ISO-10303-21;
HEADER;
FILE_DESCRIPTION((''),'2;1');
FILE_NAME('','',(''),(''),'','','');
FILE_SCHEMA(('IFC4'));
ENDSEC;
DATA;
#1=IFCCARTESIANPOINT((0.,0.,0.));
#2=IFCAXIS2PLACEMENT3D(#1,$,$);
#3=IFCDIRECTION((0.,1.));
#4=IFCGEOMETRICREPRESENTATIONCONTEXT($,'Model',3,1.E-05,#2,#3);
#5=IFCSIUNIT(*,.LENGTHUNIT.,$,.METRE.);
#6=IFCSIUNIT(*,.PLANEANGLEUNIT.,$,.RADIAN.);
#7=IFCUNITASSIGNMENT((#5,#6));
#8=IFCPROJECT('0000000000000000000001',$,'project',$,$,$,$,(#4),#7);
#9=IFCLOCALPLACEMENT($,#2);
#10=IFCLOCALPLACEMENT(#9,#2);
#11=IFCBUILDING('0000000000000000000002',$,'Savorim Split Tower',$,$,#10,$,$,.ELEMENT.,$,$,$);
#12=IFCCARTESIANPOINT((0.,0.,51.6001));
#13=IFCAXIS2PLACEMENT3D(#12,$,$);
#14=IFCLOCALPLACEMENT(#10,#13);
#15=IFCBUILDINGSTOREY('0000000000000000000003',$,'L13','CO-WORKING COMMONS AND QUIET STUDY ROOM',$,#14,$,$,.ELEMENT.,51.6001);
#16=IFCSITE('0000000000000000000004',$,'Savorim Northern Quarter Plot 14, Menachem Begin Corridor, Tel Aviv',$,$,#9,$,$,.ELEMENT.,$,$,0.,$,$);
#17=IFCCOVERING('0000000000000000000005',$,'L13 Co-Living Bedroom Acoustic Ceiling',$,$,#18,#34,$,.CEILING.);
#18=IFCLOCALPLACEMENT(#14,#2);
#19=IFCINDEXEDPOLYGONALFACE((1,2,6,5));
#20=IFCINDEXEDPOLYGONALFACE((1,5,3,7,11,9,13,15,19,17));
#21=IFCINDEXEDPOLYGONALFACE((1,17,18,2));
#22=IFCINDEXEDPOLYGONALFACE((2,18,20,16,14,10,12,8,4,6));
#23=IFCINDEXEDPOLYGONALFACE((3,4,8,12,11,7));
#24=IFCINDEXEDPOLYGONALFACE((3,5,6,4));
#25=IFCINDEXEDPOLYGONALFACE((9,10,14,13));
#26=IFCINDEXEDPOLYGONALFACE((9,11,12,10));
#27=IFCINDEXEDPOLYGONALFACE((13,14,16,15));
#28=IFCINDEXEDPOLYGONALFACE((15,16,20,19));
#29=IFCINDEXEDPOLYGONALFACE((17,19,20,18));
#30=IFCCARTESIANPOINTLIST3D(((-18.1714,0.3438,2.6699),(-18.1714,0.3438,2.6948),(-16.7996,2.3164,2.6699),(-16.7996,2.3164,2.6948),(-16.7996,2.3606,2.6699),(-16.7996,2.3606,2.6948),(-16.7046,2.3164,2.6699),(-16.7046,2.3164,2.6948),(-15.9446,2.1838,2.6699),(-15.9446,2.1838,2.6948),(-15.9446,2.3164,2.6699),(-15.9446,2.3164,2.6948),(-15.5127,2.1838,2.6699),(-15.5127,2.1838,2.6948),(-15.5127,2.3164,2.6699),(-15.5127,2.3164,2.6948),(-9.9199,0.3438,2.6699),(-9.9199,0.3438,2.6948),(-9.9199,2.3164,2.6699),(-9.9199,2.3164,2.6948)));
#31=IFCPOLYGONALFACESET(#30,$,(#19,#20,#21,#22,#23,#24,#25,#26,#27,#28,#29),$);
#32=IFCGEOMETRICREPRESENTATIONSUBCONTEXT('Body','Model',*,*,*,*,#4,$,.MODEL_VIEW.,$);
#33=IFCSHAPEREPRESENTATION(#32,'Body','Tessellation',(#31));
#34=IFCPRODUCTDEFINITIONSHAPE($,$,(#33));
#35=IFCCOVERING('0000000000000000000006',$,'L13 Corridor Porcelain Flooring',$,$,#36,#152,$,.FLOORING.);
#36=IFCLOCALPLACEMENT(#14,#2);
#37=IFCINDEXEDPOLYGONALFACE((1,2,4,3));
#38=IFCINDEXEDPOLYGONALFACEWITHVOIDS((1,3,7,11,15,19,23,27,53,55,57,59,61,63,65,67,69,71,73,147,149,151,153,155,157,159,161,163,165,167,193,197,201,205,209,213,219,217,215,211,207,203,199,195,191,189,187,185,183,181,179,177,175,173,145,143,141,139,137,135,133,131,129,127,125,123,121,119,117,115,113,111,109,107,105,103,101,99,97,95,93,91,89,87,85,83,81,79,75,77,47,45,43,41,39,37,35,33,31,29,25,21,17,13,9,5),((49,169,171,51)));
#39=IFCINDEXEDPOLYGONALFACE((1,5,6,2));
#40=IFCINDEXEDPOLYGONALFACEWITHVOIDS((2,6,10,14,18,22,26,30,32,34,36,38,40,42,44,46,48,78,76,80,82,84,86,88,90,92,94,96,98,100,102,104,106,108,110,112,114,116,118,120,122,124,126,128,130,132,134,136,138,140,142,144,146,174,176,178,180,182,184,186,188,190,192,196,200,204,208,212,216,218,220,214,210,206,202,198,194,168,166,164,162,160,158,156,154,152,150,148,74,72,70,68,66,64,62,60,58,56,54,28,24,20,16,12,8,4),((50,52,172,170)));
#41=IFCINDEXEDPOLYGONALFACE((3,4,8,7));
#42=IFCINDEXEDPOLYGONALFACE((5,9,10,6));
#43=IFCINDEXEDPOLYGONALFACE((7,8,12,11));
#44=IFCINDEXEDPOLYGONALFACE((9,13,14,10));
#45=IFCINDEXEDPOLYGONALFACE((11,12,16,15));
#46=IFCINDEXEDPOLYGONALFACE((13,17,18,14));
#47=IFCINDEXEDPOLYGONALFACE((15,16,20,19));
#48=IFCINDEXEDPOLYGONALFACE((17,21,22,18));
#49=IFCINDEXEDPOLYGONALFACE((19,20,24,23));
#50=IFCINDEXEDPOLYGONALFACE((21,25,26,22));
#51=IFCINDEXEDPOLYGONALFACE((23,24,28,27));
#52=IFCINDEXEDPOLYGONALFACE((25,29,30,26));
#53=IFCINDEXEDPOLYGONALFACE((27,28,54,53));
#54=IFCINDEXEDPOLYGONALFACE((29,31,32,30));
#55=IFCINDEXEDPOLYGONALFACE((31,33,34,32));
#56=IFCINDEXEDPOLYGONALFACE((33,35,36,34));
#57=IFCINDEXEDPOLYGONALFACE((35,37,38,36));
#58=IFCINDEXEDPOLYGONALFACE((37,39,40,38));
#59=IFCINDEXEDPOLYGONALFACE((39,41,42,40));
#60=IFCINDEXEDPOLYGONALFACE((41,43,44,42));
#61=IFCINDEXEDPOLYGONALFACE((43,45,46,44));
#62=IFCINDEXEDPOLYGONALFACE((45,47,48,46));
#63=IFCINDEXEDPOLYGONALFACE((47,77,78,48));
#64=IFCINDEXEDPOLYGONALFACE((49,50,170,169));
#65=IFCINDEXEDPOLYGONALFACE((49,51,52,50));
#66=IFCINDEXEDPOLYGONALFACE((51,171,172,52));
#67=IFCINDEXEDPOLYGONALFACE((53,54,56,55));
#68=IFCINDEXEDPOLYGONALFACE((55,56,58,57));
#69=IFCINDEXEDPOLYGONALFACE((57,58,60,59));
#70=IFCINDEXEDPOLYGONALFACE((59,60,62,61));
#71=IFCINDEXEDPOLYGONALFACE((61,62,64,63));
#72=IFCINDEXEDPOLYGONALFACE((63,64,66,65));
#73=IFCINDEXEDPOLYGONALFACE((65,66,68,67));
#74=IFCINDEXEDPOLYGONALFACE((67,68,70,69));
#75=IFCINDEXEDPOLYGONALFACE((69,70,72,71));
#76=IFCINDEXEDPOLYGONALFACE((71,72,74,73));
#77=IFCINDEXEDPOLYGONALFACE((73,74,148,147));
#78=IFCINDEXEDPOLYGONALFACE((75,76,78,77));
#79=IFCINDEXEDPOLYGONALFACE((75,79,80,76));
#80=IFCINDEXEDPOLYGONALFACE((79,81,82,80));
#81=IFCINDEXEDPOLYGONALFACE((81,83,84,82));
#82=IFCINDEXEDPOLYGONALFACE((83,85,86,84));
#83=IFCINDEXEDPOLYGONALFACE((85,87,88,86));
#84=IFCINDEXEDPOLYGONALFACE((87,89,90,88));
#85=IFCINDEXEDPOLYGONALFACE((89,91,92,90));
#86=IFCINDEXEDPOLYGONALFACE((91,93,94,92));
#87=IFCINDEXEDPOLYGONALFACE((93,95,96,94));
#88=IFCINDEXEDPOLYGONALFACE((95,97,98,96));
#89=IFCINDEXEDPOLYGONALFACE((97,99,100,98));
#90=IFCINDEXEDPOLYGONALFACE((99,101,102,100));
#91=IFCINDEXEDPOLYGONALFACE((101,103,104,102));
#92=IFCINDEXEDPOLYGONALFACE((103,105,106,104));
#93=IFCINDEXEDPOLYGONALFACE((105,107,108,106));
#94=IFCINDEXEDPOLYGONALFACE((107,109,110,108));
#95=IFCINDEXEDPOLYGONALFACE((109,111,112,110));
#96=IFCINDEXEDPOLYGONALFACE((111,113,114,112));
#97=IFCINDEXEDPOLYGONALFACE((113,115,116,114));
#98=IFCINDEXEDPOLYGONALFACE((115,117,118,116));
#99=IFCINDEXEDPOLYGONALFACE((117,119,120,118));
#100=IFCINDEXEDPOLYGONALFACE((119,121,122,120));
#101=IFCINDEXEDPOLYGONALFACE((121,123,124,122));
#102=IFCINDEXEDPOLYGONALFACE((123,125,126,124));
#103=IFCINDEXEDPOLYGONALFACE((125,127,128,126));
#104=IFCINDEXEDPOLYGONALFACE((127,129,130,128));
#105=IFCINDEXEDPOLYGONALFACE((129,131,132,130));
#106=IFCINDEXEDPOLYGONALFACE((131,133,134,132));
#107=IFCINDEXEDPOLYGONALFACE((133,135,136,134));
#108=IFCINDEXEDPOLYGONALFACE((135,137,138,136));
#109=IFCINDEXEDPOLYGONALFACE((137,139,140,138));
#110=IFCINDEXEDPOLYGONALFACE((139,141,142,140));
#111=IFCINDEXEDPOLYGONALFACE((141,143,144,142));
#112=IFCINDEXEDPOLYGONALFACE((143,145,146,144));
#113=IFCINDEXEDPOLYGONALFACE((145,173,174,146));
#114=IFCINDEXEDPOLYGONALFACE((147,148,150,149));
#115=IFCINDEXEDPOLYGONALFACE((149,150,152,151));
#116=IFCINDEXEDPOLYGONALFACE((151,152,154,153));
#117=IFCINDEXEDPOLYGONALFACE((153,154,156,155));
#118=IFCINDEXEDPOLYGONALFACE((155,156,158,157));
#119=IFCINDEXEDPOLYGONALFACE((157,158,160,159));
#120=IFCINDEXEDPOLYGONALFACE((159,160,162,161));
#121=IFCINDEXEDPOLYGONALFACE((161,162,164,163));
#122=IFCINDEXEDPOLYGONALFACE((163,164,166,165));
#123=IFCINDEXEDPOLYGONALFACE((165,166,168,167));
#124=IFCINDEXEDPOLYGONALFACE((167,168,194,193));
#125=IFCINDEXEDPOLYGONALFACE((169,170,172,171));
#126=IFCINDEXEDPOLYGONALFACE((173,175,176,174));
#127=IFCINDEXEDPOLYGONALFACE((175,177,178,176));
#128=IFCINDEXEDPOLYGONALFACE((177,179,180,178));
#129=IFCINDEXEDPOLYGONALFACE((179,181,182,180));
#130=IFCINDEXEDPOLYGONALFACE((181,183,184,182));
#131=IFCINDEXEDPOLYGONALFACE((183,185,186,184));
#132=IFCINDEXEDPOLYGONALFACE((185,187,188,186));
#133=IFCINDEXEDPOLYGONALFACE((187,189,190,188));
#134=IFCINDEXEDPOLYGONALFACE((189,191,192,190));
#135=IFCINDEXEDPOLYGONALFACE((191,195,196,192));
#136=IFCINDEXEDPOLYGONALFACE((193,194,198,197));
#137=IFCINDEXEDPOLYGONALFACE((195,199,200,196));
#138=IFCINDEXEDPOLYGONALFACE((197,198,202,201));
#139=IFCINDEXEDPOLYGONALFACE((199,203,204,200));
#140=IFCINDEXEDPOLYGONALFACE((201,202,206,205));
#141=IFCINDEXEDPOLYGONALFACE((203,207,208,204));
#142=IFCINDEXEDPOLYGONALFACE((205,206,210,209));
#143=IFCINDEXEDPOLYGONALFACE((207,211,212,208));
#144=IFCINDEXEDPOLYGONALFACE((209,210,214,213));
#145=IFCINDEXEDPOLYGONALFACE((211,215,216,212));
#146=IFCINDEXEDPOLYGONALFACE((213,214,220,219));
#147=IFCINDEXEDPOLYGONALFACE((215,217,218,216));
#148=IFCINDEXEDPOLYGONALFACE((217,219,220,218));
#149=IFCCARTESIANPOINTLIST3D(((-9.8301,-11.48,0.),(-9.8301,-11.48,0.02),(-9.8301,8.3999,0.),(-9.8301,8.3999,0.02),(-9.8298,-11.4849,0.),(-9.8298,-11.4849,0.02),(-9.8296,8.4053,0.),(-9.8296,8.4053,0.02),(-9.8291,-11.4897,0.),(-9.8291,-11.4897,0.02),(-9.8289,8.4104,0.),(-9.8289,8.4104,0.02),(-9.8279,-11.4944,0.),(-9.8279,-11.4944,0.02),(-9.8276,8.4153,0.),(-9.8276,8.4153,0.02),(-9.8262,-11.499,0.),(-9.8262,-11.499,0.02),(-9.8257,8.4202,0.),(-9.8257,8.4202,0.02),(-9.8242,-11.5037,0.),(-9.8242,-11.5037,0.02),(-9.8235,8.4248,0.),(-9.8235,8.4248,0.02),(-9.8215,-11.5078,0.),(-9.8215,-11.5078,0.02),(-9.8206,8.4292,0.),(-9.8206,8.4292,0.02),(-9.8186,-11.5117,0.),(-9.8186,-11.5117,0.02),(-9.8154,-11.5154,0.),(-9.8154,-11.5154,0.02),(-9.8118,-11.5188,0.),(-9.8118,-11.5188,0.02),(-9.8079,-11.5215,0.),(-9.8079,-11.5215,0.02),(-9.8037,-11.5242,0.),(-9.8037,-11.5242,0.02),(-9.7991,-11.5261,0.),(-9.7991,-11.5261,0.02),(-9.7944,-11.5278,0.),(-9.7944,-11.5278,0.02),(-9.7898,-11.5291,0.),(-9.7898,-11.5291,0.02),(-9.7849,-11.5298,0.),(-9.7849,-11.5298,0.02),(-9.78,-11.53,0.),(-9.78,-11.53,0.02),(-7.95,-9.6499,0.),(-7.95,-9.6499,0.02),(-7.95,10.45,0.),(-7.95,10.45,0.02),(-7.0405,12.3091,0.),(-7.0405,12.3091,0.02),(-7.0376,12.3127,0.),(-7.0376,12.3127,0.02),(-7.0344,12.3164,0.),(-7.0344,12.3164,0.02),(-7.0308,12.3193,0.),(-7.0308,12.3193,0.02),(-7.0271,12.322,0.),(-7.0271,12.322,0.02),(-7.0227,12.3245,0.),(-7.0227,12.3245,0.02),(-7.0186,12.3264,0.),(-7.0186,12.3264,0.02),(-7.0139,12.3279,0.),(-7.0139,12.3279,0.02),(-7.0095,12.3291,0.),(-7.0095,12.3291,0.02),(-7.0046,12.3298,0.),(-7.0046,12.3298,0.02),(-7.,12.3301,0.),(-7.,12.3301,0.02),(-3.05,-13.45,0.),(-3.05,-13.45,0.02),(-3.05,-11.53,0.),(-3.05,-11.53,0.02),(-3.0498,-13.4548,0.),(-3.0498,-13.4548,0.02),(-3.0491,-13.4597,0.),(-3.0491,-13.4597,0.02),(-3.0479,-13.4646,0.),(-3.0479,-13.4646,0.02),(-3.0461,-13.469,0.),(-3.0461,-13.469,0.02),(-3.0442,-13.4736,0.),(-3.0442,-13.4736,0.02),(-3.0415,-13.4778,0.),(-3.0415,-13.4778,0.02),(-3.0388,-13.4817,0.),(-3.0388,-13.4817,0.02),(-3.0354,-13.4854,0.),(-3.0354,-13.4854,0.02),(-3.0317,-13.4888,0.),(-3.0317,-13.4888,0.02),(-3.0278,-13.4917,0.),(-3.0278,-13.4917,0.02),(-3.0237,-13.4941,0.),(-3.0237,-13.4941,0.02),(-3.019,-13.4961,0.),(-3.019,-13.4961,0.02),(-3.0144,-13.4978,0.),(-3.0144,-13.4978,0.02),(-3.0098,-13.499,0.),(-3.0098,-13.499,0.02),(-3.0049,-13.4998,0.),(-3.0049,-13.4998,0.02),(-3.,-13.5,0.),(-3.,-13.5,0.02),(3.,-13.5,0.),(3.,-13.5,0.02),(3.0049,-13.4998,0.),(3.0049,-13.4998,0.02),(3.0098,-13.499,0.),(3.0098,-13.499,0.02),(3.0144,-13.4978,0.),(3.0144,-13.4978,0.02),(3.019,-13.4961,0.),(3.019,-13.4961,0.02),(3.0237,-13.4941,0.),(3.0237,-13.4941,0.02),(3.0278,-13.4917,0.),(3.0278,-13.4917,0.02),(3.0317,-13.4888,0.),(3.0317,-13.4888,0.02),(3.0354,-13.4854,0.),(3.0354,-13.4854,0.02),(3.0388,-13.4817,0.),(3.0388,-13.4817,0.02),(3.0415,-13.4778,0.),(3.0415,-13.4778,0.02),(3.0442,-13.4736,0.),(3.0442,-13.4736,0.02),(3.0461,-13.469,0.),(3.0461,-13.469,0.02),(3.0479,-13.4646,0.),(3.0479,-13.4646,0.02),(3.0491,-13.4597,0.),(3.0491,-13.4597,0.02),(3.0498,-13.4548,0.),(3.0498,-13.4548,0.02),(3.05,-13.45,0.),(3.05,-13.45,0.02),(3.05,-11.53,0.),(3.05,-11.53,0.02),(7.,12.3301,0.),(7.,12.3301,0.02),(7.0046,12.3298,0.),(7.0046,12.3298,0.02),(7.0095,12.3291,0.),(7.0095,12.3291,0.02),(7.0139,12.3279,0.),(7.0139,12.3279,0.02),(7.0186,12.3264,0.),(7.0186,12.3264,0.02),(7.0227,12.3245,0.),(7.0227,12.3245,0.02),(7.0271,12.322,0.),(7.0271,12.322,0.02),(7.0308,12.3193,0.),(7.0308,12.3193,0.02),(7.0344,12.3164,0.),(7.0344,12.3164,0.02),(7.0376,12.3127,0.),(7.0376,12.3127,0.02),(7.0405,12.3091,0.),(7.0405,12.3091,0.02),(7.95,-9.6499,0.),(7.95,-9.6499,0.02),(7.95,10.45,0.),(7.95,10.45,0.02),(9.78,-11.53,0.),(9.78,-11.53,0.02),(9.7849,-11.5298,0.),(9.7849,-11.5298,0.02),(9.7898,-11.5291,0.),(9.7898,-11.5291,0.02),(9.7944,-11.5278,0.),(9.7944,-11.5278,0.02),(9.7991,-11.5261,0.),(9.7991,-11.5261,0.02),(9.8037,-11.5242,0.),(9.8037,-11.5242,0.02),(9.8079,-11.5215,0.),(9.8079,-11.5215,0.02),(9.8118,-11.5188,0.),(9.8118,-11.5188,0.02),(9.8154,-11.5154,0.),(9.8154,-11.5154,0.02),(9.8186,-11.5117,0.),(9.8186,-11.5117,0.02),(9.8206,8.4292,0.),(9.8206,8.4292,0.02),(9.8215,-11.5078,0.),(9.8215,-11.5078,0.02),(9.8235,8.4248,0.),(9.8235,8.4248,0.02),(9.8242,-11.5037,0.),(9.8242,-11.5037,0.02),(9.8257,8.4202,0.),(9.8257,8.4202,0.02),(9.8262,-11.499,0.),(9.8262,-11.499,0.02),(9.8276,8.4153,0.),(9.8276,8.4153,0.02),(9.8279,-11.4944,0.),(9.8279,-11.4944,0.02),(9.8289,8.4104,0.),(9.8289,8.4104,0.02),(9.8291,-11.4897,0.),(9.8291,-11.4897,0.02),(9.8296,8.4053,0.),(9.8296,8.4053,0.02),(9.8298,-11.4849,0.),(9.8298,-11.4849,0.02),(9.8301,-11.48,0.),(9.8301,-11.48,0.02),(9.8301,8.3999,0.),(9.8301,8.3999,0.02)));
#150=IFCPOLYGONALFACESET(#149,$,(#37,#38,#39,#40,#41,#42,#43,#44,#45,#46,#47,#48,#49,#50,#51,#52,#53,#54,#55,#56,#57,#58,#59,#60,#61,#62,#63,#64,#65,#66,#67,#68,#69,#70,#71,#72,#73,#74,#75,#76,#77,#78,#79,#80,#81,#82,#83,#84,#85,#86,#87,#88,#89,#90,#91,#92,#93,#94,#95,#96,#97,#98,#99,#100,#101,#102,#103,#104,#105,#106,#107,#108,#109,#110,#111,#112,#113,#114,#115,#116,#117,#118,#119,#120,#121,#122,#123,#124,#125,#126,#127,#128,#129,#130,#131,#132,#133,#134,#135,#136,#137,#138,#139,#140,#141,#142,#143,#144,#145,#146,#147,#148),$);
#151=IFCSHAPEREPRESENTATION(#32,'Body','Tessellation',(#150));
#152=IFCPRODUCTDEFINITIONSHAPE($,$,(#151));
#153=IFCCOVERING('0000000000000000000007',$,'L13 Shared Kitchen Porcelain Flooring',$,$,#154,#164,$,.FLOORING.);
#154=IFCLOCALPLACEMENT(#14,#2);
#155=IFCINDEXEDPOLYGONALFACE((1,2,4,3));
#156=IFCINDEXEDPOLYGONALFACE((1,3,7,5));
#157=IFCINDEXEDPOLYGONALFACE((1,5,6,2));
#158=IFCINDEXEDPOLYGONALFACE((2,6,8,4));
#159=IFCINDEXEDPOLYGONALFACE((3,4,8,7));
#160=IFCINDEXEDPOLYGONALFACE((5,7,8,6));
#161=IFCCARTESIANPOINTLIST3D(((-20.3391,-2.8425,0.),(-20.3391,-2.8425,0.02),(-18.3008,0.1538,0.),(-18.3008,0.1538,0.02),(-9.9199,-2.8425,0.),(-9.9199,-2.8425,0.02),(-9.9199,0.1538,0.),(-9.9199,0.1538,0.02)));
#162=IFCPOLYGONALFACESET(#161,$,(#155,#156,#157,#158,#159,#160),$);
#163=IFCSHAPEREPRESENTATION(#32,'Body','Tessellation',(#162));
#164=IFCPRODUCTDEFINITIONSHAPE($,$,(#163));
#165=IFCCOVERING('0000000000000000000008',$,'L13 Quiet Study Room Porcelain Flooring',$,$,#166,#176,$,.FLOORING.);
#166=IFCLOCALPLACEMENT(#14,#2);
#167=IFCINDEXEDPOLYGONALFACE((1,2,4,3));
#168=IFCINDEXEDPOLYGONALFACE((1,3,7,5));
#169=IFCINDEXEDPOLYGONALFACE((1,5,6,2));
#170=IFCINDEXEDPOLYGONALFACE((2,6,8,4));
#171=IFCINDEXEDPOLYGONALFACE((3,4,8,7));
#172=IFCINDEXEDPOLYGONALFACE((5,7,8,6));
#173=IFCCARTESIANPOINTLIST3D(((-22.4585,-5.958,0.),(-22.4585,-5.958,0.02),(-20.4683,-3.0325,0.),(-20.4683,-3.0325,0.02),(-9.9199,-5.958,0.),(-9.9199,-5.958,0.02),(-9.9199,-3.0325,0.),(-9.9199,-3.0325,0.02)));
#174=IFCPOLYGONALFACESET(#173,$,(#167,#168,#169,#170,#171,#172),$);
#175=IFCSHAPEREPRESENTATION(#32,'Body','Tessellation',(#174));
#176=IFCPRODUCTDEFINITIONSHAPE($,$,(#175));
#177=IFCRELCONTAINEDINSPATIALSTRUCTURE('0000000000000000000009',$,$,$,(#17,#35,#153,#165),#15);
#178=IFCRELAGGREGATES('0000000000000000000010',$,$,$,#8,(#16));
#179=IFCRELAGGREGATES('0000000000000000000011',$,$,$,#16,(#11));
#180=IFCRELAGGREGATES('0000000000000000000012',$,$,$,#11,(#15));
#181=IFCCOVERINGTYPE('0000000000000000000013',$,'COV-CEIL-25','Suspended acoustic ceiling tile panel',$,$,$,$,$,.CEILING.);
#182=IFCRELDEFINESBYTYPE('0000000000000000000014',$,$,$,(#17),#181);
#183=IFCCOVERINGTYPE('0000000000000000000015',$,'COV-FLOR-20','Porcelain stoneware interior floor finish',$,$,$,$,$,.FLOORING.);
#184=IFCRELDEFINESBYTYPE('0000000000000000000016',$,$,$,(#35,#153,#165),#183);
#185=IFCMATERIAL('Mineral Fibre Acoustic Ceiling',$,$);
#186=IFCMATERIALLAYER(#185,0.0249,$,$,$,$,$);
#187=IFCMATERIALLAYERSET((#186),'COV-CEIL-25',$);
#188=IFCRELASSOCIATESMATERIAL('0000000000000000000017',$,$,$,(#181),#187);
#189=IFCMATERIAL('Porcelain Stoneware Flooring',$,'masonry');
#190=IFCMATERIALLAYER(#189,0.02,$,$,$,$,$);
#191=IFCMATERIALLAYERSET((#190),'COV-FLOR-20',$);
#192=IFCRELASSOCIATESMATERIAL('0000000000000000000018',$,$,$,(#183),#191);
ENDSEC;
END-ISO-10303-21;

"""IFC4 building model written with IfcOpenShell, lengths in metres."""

from ifc_helpers import new_model, si_unit, direction, frame, origin, place, context, subcontext, project, spatial, polyline, outline, extrude, material, layer, layer_set, type_object, element, save


model = new_model("IFC4")

# Units and contexts
model_context = context("Model", 3, precision=1e-05, world=origin(), true_north=direction((0.0, 1.0)))
body_context = subcontext(model_context, "Body", "Model", "MODEL_VIEW")
ifc_project = project(units=[si_unit("LENGTHUNIT", "METRE"), si_unit("PLANEANGLEUNIT", "RADIAN")], contexts=[model_context])

# Site, building, storey
site_placement = place(None, origin())
site = spatial("IfcSite", under=ifc_project, at=site_placement, Name="Savorim Northern Quarter Plot 14, Menachem Begin Corridor, Tel Aviv", CompositionType="ELEMENT", RefElevation=0.0)
building_placement = place(site_placement, origin())
building = spatial("IfcBuilding", under=site, at=building_placement, Name="Savorim Split Tower", CompositionType="ELEMENT")
storey_placement = place(building_placement, frame((0.0, 0.0, 51.6001)))
storey = spatial("IfcBuildingStorey", under=building, at=storey_placement, Name="L13", Description="CO-WORKING COMMONS AND QUIET STUDY ROOM", CompositionType="ELEMENT", Elevation=51.6001)

# Coverings
ifc_material_1 = material(Name="Mineral Fibre Acoustic Ceiling")
ifc_layer_1 = layer(ifc_material_1, 0.0249)
ifc_layer_set_1 = layer_set([ifc_layer_1], Name="COV-CEIL-25")
covering_type_1 = type_object("IfcCoveringType", Name="COV-CEIL-25", Description="Suspended acoustic ceiling tile panel", PredefinedType="CEILING", material=ifc_layer_set_1)
covering_1_placement = place(storey_placement, frame((0.0, 0.0, 2.6699)))
element("IfcCovering", 1, at=covering_1_placement, inside=storey, type_object=covering_type_1, Name="L13 Co-Living Bedroom Acoustic Ceiling", PredefinedType="CEILING", context=body_context, shape_type="SweptSolid", body=[
    extrude(outline(polyline([(-15.9446, 2.3164), (-16.7046, 2.3164), (-16.7996, 2.3164), (-16.7996, 2.3606), (-18.1714, 0.3438), (-9.9199, 0.3438), (-9.9199, 2.3164), (-15.5127, 2.3164), (-15.5127, 2.1838), (-15.9446, 2.1838), (-15.9446, 2.3164)])), origin(), (0.0, 0.0, 1.0), 0.0249),
])
ifc_material_2 = material(Name="Porcelain Stoneware Flooring", Category="masonry")
ifc_layer_2 = layer(ifc_material_2, 0.02)
ifc_layer_set_2 = layer_set([ifc_layer_2], Name="COV-FLOR-20")
covering_type_2 = type_object("IfcCoveringType", Name="COV-FLOR-20", Description="Porcelain stoneware interior floor finish", PredefinedType="FLOORING", material=ifc_layer_set_2)
covering_2_placement = place(storey_placement, origin())
element("IfcCovering", 2, at=covering_2_placement, inside=storey, type_object=covering_type_2, Name="L13 Corridor Porcelain Flooring", PredefinedType="FLOORING", context=body_context, shape_type="SweptSolid", body=[
    extrude(outline(polyline([(7.0095, 12.3291), (7.0046, 12.3298), (7.0, 12.3301), (-7.0, 12.3301), (-7.0046, 12.3298), (-7.0095, 12.3291), (-7.0139, 12.3279), (-7.0186, 12.3264), (-7.0227, 12.3245), (-7.0271, 12.322), (-7.0308, 12.3193), (-7.0344, 12.3164), (-7.0376, 12.3127), (-7.0405, 12.3091), (-9.8206, 8.4292), (-9.8235, 8.4248), (-9.8257, 8.4202), (-9.8276, 8.4153), (-9.8289, 8.4104), (-9.8296, 8.4053), (-9.8301, 8.3999), (-9.8301, -11.48), (-9.8298, -11.4849), (-9.8291, -11.4897), (-9.8279, -11.4944), (-9.8262, -11.499), (-9.8242, -11.5037), (-9.8215, -11.5078), (-9.8186, -11.5117), (-9.8154, -11.5154), (-9.8118, -11.5188), (-9.8079, -11.5215), (-9.8037, -11.5242), (-9.7991, -11.5261), (-9.7944, -11.5278), (-9.7898, -11.5291), (-9.7849, -11.5298), (-9.78, -11.53), (-3.05, -11.53), (-3.05, -13.45), (-3.0498, -13.4548), (-3.0491, -13.4597), (-3.0479, -13.4646), (-3.0461, -13.469), (-3.0442, -13.4736), (-3.0415, -13.4778), (-3.0388, -13.4817), (-3.0354, -13.4854), (-3.0317, -13.4888), (-3.0278, -13.4917), (-3.0237, -13.4941), (-3.019, -13.4961), (-3.0144, -13.4978), (-3.0098, -13.499), (-3.0049, -13.4998), (-3.0, -13.5), (3.0, -13.5), (3.0049, -13.4998), (3.0098, -13.499), (3.0144, -13.4978), (3.019, -13.4961), (3.0237, -13.4941), (3.0278, -13.4917), (3.0317, -13.4888), (3.0354, -13.4854), (3.0388, -13.4817), (3.0415, -13.4778), (3.0442, -13.4736), (3.0461, -13.469), (3.0479, -13.4646), (3.0491, -13.4597), (3.0498, -13.4548), (3.05, -13.45), (3.05, -11.53), (9.78, -11.53), (9.7849, -11.5298), (9.7898, -11.5291), (9.7944, -11.5278), (9.7991, -11.5261), (9.8037, -11.5242), (9.8079, -11.5215), (9.8118, -11.5188), (9.8154, -11.5154), (9.8186, -11.5117), (9.8215, -11.5078), (9.8242, -11.5037), (9.8262, -11.499), (9.8279, -11.4944), (9.8291, -11.4897), (9.8298, -11.4849), (9.8301, -11.48), (9.8301, 8.3999), (9.8296, 8.4053), (9.8289, 8.4104), (9.8276, 8.4153), (9.8257, 8.4202), (9.8235, 8.4248), (9.8206, 8.4292), (7.0405, 12.3091), (7.0376, 12.3127), (7.0344, 12.3164), (7.0308, 12.3193), (7.0271, 12.322), (7.0227, 12.3245), (7.0186, 12.3264), (7.0139, 12.3279), (7.0095, 12.3291)]), holes=[polyline([(-7.95, 10.45), (-7.95, -9.6499), (7.95, -9.6499), (7.95, 10.45), (-7.95, 10.45)])]), origin(), (0.0, 0.0, 1.0), 0.02),
])
covering_3_placement = place(storey_placement, origin())
element("IfcCovering", 3, at=covering_3_placement, inside=storey, type_object=covering_type_2, Name="L13 Shared Kitchen Porcelain Flooring", PredefinedType="FLOORING", context=body_context, shape_type="SweptSolid", body=[
    extrude(outline(polyline([(-18.3008, 0.1538), (-20.3391, -2.8425), (-9.9199, -2.8425), (-9.9199, 0.1538), (-18.3008, 0.1538)])), origin(), (0.0, 0.0, 1.0), 0.02),
])
covering_4_placement = place(storey_placement, origin())
element("IfcCovering", 4, at=covering_4_placement, inside=storey, type_object=covering_type_2, Name="L13 Quiet Study Room Porcelain Flooring", PredefinedType="FLOORING", context=body_context, shape_type="SweptSolid", body=[
    extrude(outline(polyline([(-20.4683, -3.0325), (-22.4585, -5.958), (-9.9199, -5.958), (-9.9199, -3.0325), (-20.4683, -3.0325)])), origin(), (0.0, 0.0, 1.0), 0.02),
])

save(model, "model.ifc")
